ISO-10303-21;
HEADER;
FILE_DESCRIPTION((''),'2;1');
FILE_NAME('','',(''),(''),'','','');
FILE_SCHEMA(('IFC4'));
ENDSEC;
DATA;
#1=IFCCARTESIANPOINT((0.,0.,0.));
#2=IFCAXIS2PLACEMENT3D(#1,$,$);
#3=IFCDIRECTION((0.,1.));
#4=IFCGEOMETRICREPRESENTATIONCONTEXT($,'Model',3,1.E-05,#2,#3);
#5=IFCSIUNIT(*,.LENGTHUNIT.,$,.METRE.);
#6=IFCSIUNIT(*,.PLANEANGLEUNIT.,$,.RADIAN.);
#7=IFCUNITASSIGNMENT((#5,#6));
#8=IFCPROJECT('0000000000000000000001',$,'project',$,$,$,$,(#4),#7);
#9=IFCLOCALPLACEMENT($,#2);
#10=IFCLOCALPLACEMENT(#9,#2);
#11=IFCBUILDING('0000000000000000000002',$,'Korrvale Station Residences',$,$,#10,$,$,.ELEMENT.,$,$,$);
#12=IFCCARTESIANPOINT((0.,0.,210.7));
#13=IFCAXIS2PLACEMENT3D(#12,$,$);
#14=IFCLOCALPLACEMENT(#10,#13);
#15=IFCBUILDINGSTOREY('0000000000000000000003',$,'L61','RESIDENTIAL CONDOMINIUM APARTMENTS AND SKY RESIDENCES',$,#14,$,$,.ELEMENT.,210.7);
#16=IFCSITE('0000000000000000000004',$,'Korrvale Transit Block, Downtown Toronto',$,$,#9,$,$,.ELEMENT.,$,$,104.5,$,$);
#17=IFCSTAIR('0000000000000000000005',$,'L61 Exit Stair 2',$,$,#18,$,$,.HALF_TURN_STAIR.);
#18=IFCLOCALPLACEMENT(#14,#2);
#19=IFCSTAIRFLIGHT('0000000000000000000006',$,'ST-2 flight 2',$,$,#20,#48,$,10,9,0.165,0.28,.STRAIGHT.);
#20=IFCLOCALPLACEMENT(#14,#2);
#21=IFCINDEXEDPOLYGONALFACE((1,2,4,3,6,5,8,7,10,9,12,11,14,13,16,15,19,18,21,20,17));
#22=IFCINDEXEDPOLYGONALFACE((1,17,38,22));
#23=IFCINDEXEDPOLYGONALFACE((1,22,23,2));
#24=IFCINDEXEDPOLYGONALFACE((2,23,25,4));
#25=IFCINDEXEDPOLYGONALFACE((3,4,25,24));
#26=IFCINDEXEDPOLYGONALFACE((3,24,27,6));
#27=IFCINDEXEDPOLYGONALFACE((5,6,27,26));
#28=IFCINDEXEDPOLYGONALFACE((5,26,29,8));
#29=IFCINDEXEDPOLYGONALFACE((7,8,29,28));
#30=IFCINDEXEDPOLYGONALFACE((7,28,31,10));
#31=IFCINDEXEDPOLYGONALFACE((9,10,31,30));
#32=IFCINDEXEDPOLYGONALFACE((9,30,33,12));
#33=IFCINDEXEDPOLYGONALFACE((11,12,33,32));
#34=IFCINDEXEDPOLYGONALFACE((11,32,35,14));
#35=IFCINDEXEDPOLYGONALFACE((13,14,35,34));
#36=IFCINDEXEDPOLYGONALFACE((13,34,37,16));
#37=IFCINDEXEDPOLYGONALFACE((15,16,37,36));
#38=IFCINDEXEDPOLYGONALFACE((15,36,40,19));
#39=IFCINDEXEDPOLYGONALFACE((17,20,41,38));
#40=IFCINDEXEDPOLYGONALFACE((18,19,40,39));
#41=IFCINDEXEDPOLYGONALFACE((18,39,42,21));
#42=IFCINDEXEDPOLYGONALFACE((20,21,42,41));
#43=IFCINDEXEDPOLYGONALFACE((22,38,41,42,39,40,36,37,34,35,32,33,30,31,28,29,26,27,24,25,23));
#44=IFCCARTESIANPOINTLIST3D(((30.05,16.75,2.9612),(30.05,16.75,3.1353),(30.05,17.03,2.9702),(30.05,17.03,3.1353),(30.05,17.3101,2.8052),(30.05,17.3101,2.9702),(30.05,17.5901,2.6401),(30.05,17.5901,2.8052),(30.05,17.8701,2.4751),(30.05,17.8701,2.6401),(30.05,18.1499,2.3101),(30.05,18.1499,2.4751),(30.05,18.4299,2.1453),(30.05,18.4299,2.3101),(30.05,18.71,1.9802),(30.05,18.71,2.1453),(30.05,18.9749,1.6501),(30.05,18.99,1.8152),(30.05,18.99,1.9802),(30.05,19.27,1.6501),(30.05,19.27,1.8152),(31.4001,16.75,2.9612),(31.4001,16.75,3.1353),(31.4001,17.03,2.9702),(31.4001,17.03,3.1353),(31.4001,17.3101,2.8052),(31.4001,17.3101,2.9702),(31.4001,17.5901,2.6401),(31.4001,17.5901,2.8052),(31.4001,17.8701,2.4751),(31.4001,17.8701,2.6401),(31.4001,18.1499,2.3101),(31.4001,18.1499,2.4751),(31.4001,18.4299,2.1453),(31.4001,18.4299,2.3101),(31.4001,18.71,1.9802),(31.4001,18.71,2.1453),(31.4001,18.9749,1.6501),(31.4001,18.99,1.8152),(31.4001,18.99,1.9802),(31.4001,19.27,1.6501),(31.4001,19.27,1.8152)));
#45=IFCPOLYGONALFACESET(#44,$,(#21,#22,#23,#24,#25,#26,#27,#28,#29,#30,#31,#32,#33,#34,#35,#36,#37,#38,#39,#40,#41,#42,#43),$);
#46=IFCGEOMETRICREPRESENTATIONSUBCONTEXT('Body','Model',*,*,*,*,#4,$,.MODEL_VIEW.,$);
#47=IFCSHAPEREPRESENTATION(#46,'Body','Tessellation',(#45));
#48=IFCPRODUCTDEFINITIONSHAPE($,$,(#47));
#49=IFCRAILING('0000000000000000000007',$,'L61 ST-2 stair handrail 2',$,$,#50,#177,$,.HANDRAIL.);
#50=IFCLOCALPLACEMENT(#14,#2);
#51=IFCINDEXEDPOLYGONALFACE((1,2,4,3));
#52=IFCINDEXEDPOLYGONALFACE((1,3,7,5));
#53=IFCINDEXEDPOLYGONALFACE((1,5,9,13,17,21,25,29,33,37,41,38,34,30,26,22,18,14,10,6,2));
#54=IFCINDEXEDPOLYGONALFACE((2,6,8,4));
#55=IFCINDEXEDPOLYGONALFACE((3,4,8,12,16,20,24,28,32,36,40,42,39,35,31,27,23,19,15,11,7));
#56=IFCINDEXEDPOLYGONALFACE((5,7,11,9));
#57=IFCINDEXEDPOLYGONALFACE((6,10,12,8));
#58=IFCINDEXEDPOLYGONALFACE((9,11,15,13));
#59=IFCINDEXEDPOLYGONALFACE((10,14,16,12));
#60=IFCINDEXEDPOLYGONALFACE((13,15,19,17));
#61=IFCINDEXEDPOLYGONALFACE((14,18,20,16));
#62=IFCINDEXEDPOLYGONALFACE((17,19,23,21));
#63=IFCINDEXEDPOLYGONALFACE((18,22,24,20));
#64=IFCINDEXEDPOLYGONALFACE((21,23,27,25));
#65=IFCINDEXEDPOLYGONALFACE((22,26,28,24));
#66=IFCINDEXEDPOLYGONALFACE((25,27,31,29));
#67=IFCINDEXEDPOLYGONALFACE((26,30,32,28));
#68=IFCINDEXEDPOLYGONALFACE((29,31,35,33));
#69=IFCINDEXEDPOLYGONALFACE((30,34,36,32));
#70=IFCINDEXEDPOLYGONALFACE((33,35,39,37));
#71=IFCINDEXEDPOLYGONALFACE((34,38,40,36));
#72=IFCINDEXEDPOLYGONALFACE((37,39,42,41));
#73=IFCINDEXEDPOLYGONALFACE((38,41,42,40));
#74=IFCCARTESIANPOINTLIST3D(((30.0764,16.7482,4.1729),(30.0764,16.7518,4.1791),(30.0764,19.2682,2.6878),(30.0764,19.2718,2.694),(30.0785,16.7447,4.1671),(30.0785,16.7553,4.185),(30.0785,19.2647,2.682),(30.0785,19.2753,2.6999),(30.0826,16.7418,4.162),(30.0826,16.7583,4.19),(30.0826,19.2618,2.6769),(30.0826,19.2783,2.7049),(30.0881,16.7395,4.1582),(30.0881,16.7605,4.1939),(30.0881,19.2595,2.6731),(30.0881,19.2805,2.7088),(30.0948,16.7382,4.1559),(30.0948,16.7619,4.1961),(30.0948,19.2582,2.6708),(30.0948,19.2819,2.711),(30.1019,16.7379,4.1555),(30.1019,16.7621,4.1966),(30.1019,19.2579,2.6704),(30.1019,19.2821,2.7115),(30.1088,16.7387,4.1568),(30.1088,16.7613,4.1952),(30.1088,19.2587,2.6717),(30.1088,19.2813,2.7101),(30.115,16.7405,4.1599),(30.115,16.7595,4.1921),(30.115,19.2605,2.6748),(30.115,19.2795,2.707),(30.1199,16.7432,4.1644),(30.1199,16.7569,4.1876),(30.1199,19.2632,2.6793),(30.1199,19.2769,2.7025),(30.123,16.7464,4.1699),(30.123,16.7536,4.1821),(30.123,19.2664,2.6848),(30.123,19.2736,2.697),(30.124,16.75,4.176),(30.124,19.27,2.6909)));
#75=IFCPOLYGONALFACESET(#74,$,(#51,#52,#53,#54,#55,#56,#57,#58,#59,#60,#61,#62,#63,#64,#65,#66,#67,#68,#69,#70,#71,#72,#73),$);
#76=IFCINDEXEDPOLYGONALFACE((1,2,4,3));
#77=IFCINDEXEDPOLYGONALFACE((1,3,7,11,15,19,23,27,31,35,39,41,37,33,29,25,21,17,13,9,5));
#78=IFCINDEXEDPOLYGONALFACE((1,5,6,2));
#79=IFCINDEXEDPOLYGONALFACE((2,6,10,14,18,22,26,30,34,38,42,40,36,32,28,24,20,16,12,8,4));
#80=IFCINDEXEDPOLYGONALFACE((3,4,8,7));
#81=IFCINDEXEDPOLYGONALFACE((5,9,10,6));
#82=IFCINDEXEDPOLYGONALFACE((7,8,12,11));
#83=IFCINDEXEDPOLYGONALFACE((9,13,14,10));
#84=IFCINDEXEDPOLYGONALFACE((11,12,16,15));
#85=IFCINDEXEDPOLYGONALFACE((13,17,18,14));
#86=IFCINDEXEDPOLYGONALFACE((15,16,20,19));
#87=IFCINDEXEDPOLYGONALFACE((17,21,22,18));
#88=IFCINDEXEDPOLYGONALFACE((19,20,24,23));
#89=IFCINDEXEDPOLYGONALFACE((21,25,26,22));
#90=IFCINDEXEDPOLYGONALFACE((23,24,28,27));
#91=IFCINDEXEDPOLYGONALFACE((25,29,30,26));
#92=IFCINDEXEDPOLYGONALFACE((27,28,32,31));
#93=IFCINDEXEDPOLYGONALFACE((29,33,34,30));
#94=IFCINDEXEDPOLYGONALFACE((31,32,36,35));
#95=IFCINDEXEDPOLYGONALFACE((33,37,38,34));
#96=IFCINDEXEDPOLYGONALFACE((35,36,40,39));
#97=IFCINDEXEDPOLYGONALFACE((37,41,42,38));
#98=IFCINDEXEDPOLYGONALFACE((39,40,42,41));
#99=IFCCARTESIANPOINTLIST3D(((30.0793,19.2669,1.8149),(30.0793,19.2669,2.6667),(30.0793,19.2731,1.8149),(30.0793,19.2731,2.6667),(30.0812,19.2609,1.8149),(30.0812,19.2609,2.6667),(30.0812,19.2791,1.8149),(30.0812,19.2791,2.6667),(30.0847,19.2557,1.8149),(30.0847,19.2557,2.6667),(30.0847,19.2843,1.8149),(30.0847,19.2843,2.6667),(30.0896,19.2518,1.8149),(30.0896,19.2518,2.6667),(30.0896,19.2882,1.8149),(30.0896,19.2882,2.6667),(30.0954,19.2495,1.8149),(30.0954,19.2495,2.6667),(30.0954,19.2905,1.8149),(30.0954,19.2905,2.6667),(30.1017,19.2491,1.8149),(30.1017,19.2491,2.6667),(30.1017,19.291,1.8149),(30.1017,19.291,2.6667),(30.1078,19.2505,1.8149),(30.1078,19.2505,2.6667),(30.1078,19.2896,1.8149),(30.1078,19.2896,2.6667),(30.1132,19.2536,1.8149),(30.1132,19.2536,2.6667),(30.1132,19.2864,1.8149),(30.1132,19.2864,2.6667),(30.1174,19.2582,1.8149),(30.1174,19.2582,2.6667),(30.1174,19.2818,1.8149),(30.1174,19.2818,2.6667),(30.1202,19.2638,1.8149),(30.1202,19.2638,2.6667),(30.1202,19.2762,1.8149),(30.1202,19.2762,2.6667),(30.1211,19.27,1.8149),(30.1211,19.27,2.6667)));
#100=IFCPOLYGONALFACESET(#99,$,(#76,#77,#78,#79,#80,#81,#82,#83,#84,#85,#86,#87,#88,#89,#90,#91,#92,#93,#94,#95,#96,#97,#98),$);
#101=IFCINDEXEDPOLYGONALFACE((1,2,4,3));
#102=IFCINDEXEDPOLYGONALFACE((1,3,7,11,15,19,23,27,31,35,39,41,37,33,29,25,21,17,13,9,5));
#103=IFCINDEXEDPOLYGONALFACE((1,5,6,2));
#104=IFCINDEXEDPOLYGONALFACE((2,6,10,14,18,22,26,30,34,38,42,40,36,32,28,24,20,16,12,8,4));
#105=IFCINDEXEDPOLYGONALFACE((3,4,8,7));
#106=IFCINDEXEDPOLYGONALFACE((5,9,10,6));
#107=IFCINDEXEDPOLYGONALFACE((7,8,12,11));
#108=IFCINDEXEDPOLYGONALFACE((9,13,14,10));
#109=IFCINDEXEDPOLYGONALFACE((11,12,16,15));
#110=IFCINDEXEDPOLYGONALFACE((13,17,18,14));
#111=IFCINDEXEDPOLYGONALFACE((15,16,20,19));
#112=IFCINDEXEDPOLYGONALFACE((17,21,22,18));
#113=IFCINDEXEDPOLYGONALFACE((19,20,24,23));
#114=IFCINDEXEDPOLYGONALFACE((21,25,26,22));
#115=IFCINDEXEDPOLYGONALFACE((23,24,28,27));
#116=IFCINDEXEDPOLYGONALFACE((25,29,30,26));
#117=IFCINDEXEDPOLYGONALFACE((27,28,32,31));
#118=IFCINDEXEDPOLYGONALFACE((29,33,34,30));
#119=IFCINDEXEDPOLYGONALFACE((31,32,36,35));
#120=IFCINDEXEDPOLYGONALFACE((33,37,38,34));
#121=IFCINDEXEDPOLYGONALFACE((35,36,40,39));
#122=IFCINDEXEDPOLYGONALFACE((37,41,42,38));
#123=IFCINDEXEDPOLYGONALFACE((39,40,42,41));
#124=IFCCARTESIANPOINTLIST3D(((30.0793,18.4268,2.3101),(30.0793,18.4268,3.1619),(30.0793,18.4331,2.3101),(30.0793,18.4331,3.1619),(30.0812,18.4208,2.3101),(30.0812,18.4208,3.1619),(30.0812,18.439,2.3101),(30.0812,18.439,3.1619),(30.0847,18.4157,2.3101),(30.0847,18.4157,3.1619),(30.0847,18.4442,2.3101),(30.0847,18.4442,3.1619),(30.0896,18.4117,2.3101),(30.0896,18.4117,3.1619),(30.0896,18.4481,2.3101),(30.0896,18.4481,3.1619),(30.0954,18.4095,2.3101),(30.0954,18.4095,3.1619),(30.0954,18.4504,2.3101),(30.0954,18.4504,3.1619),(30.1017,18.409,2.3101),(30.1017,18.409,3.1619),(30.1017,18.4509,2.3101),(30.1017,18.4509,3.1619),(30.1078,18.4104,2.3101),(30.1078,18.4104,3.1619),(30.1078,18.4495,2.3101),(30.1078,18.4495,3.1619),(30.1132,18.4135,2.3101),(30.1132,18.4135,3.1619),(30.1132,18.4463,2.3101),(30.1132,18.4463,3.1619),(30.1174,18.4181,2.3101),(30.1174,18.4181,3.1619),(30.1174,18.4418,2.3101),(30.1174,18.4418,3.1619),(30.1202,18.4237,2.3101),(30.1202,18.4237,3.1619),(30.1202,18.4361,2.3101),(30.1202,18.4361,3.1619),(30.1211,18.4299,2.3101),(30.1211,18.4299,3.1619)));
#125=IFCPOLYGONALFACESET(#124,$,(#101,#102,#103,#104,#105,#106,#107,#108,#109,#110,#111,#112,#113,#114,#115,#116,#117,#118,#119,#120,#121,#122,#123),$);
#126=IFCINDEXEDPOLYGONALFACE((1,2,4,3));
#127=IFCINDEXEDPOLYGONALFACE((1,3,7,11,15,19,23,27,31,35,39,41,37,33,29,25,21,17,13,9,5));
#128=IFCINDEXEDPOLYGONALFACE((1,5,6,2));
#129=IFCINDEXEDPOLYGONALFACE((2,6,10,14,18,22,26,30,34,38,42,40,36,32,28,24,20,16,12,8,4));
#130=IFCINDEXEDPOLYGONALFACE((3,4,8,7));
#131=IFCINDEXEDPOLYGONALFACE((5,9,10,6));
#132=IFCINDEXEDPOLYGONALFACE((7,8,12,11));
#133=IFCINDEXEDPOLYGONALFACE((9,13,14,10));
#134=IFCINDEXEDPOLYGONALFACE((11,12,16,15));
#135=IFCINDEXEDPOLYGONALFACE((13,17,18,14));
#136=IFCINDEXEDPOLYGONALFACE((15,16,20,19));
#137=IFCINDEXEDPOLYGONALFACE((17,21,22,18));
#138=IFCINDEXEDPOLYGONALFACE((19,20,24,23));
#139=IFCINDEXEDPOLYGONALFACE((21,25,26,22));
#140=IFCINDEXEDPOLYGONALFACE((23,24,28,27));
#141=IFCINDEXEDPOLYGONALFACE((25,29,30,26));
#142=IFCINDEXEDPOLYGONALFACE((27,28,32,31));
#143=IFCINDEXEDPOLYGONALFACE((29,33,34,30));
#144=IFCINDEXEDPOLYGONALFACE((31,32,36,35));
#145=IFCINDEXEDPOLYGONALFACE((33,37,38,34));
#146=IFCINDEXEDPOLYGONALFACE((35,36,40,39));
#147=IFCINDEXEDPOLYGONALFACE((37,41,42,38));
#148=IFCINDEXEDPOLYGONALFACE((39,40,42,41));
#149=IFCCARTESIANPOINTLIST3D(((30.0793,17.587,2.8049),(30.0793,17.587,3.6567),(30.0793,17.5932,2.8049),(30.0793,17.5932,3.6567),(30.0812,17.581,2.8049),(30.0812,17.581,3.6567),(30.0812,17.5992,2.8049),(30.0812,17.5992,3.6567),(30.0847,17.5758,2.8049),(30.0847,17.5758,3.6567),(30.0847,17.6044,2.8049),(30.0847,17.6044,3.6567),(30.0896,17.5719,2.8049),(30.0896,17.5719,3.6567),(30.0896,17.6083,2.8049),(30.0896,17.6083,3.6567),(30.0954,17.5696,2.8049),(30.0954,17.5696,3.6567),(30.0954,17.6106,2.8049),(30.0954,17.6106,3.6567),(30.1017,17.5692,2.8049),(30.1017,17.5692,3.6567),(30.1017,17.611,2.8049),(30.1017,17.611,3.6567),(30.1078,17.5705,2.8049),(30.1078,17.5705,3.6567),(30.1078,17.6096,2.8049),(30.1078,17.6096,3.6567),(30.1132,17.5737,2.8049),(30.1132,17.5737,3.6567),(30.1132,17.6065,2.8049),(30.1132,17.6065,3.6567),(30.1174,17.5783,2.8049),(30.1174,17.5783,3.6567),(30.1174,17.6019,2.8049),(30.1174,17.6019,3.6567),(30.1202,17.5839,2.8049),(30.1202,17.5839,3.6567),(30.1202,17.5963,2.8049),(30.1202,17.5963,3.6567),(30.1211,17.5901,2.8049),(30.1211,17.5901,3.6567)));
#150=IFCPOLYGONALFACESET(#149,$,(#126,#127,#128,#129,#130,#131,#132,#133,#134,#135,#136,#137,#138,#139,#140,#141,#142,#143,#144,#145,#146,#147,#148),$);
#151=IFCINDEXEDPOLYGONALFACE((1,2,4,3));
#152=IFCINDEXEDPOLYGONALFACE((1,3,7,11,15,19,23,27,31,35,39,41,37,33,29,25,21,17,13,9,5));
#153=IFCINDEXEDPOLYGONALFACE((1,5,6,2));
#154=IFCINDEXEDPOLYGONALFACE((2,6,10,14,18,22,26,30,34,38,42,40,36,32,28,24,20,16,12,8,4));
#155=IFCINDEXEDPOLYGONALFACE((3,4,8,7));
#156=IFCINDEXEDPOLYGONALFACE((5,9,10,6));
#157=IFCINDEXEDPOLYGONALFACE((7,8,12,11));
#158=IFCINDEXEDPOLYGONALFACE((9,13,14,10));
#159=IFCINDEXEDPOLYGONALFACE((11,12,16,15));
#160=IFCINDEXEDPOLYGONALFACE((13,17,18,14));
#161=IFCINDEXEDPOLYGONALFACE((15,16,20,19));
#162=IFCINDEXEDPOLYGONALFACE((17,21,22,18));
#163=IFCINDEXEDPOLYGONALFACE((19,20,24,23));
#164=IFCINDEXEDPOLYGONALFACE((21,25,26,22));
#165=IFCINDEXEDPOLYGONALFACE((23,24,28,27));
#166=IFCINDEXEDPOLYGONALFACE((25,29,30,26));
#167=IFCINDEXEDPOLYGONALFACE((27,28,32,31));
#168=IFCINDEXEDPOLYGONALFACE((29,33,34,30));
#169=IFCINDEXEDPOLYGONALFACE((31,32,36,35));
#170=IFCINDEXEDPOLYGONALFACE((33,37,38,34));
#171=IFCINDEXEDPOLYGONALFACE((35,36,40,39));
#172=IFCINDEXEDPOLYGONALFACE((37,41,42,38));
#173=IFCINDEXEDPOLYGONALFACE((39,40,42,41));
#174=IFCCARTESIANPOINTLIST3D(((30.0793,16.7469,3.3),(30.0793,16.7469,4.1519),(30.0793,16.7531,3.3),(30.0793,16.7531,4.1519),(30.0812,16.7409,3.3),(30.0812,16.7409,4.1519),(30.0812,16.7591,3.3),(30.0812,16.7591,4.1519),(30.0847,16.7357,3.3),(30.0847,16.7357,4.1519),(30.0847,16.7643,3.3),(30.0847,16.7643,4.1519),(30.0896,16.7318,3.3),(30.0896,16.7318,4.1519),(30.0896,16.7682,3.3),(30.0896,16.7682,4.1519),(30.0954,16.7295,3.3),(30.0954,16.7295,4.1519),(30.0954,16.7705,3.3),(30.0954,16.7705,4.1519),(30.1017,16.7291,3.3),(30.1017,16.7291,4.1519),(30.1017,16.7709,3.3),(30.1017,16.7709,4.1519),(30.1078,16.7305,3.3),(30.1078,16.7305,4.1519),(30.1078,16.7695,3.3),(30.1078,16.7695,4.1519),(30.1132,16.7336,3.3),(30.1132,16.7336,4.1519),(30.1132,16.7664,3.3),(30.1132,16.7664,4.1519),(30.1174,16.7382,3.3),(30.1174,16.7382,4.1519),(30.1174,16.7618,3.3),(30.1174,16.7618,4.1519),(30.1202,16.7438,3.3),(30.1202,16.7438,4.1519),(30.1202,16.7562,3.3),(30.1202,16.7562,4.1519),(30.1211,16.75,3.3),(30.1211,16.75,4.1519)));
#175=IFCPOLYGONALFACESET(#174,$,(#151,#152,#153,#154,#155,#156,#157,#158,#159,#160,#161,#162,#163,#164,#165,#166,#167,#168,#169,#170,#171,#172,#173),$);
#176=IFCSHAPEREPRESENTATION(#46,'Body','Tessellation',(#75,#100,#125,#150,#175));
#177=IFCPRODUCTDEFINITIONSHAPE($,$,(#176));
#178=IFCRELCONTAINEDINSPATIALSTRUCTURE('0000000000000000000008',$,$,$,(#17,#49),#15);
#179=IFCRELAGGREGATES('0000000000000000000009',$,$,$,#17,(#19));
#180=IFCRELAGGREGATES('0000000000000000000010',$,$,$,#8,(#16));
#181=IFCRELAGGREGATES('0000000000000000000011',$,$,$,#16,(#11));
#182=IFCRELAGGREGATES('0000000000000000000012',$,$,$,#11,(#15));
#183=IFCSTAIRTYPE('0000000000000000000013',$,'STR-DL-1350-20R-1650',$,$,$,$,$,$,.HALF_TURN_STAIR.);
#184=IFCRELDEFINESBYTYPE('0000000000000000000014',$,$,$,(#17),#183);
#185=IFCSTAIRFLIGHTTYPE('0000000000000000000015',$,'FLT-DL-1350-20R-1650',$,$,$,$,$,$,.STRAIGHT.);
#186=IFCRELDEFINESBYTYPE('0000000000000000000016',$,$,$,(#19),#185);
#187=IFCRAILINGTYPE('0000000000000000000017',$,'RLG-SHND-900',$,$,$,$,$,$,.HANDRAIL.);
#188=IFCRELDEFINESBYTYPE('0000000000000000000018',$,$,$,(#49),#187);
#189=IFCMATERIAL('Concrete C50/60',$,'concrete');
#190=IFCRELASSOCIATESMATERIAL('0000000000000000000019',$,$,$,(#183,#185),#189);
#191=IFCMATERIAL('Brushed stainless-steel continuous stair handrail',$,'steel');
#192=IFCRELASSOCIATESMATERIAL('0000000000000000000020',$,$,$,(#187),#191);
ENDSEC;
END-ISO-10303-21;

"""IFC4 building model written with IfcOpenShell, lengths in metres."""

from ifc_helpers import new_model, si_unit, direction, frame, origin, origin_2d, place, context, subcontext, project, spatial, polyline, circle, outline, extrude, material, type_object, element, aggregate, save


model = new_model("IFC4")

# Units and contexts
model_context = context("Model", 3, precision=1e-05, world=origin(), true_north=direction((0.0, 1.0)))
body_context = subcontext(model_context, "Body", "Model", "MODEL_VIEW")
ifc_project = project(units=[si_unit("LENGTHUNIT", "METRE"), si_unit("PLANEANGLEUNIT", "RADIAN")], contexts=[model_context])

# Site, building, storey
site_placement = place(None, origin())
site = spatial("IfcSite", under=ifc_project, at=site_placement, Name="Korrvale Transit Block, Downtown Toronto", CompositionType="ELEMENT", RefElevation=104.5)
building_placement = place(site_placement, origin())
building = spatial("IfcBuilding", under=site, at=building_placement, Name="Korrvale Station Residences", CompositionType="ELEMENT")
storey_placement = place(building_placement, frame((0.0, 0.0, 210.7)))
storey = spatial("IfcBuildingStorey", under=building, at=storey_placement, Name="L61", Description="RESIDENTIAL CONDOMINIUM APARTMENTS AND SKY RESIDENCES", CompositionType="ELEMENT", Elevation=210.7)

# Shared definitions
ifc_material_1 = material(Name="Concrete C50/60", Category="concrete")

# Stair, stair flight
stair_type = type_object("IfcStairType", Name="STR-DL-1350-20R-1650", PredefinedType="HALF_TURN_STAIR", material=ifc_material_1)
stair_placement = place(storey_placement, origin())
stair = element("IfcStair", 1, at=stair_placement, inside=storey, type_object=stair_type, Name="L61 Exit Stair 2", PredefinedType="HALF_TURN_STAIR")
stair_flight_type = type_object("IfcStairFlightType", Name="FLT-DL-1350-20R-1650", PredefinedType="STRAIGHT", material=ifc_material_1)
stair_flight_placement = place(storey_placement, frame((30.7251, 19.27, 1.6501), z_axis=(0.0, 0.0, 1.0), x_axis=(0.0, -1.0, 0.0)))
stair_flight = element("IfcStairFlight", 2, at=stair_flight_placement, type_object=stair_flight_type, Name="ST-2 flight 2", NumberOfRisers=10, NumberOfTreads=9, PredefinedType="STRAIGHT", RiserHeight=0.165, TreadLength=0.28, context=body_context, shape_type="SweptSolid", body=[
    extrude(outline(polyline([(0.0, 0.0), (0.0, 0.165), (0.28, 0.165), (0.28, 0.3301), (0.5601, 0.3301), (0.5601, 0.4951), (0.8401, 0.4951), (0.8401, 0.6599), (1.1201, 0.6599), (1.1201, 0.825), (1.3999, 0.825), (1.3999, 0.99), (1.6799, 0.99), (1.6799, 1.155), (1.96, 1.155), (1.96, 1.3201), (2.24, 1.3201), (2.24, 1.4851), (2.52, 1.4851), (2.52, 1.6499), (2.52, 1.311), (0.2952, 0.0), (0.0, 0.0)])), frame((0.0, 0.675, 0.0), z_axis=(0.0, -1.0, 0.0), x_axis=(1.0, 0.0, 0.0)), (0.0, 0.0, 1.0), 1.3501),
])
aggregate(stair, [stair_flight])

# Railing
ifc_material_2 = material(Name="Brushed stainless-steel continuous stair handrail", Category="steel")
railing_type_1 = type_object("IfcRailingType", Name="RLG-SHND-900", PredefinedType="HANDRAIL", material=ifc_material_2)
railing_1_placement = place(storey_placement, frame((30.1001, 19.27, 1.8149)))
element("IfcRailing", 3, at=railing_1_placement, inside=storey, type_object=railing_type_1, Name="L61 ST-2 stair handrail 2", PredefinedType="HANDRAIL", context=body_context, shape_type="SweptSolid", body=[
    extrude(circle(Radius=0.0239, at=origin_2d()), frame((0.0, 0.0, 0.876), z_axis=(0.0, -0.861524, 0.507717), x_axis=(1.0, 0.0, 0.0)), (0.0, 0.0, 1.0), 2.925),
    extrude(circle(Radius=0.021, at=origin_2d()), origin(), (0.0, 0.0, 1.0), 0.8518),
    extrude(circle(Radius=0.021, at=origin_2d()), frame((0.0, -0.8401, 0.4951)), (0.0, 0.0, 1.0), 0.8518),
    extrude(circle(Radius=0.021, at=origin_2d()), frame((0.0, -1.6799, 0.99)), (0.0, 0.0, 1.0), 0.8518),
    extrude(circle(Radius=0.021, at=origin_2d()), frame((0.0, -2.52, 1.4851)), (0.0, 0.0, 1.0), 0.8518),
])

save(model, "model.ifc")
